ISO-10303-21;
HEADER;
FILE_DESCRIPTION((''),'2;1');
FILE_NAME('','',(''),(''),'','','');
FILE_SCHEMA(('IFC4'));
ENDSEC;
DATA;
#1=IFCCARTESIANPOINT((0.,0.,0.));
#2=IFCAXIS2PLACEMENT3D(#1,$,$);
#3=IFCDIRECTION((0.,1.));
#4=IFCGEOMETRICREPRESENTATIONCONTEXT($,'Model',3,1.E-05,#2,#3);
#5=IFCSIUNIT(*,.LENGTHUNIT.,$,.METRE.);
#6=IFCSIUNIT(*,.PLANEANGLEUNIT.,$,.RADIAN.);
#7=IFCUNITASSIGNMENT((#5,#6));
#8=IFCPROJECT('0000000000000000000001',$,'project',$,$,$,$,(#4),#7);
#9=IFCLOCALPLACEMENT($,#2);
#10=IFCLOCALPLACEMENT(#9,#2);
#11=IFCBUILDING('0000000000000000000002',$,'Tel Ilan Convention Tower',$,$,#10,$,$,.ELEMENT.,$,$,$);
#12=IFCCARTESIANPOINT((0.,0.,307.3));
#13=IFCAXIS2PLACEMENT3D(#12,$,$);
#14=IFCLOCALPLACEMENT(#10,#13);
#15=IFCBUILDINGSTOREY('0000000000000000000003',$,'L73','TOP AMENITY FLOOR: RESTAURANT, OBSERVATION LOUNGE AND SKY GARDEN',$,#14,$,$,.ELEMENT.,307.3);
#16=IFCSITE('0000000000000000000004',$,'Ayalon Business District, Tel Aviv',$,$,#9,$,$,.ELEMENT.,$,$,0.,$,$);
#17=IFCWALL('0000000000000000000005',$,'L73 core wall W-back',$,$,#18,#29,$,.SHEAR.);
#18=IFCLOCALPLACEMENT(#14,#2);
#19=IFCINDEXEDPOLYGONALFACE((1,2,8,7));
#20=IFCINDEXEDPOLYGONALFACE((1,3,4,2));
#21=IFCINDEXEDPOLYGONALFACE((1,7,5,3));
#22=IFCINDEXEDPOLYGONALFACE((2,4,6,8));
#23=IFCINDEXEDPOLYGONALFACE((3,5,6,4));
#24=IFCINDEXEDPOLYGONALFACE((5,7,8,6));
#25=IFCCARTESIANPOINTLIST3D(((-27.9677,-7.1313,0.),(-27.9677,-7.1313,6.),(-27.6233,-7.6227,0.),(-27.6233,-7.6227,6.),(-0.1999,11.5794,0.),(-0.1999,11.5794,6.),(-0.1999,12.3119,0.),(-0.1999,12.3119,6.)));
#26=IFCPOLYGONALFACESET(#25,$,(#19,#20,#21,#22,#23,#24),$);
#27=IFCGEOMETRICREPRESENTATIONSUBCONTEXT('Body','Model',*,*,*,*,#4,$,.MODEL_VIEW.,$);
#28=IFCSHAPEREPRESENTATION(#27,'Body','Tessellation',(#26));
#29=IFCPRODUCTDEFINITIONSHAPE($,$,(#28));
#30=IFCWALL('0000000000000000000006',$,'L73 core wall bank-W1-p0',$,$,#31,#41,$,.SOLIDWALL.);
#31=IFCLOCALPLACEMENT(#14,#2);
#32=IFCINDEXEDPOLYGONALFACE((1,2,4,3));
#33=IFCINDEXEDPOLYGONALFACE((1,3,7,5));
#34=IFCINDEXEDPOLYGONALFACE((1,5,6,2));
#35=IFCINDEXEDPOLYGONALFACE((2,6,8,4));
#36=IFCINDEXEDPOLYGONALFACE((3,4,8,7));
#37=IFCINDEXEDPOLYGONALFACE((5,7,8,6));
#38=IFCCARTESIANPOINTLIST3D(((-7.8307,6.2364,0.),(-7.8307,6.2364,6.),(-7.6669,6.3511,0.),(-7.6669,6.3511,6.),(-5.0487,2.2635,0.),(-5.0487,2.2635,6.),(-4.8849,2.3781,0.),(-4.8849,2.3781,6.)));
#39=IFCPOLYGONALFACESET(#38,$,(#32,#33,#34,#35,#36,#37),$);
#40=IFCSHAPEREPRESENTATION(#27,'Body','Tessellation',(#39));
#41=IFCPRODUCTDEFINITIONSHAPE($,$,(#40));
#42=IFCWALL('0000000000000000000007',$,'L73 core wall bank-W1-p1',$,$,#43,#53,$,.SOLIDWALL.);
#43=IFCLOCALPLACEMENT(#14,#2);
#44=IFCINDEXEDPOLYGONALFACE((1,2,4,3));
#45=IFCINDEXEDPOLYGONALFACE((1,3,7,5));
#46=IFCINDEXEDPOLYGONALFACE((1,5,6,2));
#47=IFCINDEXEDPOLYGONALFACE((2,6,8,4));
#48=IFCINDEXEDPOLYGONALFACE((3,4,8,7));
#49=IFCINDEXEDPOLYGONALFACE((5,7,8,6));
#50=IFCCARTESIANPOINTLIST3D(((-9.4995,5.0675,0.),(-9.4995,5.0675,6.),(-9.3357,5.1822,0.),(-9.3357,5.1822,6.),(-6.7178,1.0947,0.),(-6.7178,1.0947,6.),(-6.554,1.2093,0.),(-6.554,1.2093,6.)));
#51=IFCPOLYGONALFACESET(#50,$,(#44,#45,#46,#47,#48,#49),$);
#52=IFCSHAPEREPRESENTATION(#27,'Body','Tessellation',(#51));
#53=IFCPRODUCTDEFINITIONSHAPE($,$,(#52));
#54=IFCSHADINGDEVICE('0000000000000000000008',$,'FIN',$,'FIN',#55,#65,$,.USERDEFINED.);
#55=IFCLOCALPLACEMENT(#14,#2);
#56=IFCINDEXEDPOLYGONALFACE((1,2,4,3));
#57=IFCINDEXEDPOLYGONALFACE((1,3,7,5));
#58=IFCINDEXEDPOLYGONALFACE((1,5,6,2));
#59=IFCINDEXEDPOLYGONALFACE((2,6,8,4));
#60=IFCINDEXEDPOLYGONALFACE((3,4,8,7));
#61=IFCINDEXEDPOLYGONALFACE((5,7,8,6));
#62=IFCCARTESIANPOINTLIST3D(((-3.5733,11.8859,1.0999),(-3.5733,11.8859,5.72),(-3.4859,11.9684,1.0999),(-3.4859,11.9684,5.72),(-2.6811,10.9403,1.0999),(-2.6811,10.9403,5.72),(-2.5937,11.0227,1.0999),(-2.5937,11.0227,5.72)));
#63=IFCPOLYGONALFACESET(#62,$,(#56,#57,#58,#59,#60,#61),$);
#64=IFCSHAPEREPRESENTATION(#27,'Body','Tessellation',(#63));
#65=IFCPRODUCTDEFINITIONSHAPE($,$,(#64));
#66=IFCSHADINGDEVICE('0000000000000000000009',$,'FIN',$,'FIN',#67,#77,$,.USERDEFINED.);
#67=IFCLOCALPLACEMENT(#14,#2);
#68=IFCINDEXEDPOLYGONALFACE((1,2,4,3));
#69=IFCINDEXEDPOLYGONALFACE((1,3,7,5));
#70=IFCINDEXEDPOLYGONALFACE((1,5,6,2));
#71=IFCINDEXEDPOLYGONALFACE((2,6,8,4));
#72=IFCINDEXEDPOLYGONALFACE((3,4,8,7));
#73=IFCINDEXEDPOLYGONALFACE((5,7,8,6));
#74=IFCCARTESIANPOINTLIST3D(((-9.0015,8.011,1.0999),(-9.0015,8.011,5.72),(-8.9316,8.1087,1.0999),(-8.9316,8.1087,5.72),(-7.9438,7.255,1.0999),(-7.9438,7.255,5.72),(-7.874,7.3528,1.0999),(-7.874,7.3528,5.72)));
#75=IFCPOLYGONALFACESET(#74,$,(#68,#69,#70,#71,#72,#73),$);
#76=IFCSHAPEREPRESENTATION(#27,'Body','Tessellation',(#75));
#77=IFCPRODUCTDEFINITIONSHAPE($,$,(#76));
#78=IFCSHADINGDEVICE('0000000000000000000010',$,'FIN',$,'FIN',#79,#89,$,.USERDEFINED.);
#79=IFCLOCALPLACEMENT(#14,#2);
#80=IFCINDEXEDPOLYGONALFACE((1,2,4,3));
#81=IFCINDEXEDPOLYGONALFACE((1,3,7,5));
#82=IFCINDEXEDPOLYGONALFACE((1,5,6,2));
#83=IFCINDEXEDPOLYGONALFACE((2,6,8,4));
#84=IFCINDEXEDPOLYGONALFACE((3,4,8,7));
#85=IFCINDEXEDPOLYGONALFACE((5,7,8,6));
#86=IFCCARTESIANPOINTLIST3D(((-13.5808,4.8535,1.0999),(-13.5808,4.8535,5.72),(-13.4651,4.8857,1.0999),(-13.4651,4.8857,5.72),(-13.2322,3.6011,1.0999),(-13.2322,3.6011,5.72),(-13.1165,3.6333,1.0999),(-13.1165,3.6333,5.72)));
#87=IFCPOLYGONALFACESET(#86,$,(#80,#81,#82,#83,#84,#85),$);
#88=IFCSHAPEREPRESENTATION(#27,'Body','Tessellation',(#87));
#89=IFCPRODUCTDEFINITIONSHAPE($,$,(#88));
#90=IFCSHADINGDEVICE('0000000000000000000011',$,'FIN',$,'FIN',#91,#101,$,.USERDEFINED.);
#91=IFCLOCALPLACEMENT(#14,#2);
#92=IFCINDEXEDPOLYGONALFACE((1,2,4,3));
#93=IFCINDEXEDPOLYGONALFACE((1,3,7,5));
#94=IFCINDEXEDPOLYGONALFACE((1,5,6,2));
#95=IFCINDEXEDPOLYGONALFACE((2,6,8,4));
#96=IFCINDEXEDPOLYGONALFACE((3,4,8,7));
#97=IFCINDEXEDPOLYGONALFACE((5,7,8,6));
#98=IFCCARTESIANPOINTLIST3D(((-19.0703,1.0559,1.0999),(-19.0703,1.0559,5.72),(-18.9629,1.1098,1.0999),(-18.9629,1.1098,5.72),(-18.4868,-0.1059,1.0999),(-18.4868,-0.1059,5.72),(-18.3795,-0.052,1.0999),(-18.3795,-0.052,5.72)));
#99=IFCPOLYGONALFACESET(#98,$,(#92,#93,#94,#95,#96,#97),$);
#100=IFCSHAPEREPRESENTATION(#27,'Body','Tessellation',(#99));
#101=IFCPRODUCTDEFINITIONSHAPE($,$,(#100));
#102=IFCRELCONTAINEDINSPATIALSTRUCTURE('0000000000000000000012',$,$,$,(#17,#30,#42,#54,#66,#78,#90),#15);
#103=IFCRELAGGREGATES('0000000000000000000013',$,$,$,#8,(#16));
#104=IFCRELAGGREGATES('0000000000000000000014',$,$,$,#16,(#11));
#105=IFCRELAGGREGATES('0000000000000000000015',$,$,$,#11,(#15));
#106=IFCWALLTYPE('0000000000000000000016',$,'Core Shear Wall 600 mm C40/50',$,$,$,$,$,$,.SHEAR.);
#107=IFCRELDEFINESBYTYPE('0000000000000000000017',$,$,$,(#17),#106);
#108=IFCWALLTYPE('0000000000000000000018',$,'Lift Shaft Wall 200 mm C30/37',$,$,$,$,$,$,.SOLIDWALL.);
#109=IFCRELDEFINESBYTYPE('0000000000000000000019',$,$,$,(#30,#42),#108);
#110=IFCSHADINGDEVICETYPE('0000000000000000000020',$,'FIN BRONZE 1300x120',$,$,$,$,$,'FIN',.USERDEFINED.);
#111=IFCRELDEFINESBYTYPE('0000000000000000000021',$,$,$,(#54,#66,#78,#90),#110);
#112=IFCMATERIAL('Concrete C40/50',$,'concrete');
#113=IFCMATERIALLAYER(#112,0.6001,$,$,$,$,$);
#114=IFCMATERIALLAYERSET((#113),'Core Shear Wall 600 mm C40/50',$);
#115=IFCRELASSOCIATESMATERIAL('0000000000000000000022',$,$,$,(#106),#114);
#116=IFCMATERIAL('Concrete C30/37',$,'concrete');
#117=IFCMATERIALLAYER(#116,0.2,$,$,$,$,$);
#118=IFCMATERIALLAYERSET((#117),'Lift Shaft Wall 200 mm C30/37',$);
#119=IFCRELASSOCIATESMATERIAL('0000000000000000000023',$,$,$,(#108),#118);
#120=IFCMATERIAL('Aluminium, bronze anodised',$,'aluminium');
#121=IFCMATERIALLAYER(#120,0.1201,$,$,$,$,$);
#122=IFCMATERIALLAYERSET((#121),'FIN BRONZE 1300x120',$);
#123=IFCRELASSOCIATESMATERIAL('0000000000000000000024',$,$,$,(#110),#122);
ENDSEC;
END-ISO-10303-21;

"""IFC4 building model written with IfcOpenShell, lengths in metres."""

from ifc_helpers import new_model, si_unit, direction, frame, frame_2d, origin, origin_2d, place, context, subcontext, project, spatial, polyline, rectangle, outline, extrude, material, layer, layer_set, type_object, element, save


model = new_model("IFC4")

# Units and contexts
model_context = context("Model", 3, precision=1e-05, world=origin(), true_north=direction((0.0, 1.0)))
body_context = subcontext(model_context, "Body", "Model", "MODEL_VIEW")
ifc_project = project(units=[si_unit("LENGTHUNIT", "METRE"), si_unit("PLANEANGLEUNIT", "RADIAN")], contexts=[model_context])

# Site, building, storey
site_placement = place(None, origin())
site = spatial("IfcSite", under=ifc_project, at=site_placement, Name="Ayalon Business District, Tel Aviv", CompositionType="ELEMENT", RefElevation=0.0)
building_placement = place(site_placement, origin())
building = spatial("IfcBuilding", under=site, at=building_placement, Name="Tel Ilan Convention Tower", CompositionType="ELEMENT")
storey_placement = place(building_placement, frame((0.0, 0.0, 307.3)))
storey = spatial("IfcBuildingStorey", under=building, at=storey_placement, Name="L73", Description="TOP AMENITY FLOOR: RESTAURANT, OBSERVATION LOUNGE AND SKY GARDEN", CompositionType="ELEMENT", Elevation=307.3)

# Walls
ifc_material_1 = material(Name="Concrete C40/50", Category="concrete")
ifc_layer_1 = layer(ifc_material_1, 0.6001)
ifc_layer_set_1 = layer_set([ifc_layer_1], Name="Core Shear Wall 600 mm C40/50")
wall_type_1 = type_object("IfcWallType", Name="Core Shear Wall 600 mm C40/50", PredefinedType="SHEAR", material=ifc_layer_set_1)
wall_1_placement = place(storey_placement, frame((-0.0278, 12.0662, 0.0), z_axis=(0.0, 0.0, 1.0), x_axis=(-0.819151, -0.573577, 0.0)))
element("IfcWall", 1, at=wall_1_placement, inside=storey, type_object=wall_type_1, Name="L73 core wall W-back", PredefinedType="SHEAR", context=body_context, shape_type="SweptSolid", body=[
    extrude(outline(polyline([(33.8979, 0.3), (0.4202, 0.3), (0.0, -0.3), (33.8982, -0.3), (33.8979, 0.3)])), origin(), (0.0, 0.0, 1.0), 6.0),
])
ifc_material_2 = material(Name="Concrete C30/37", Category="concrete")
ifc_layer_2 = layer(ifc_material_2, 0.2)
ifc_layer_set_2 = layer_set([ifc_layer_2], Name="Lift Shaft Wall 200 mm C30/37")
wall_type_2 = type_object("IfcWallType", Name="Lift Shaft Wall 200 mm C30/37", PredefinedType="SOLIDWALL", material=ifc_layer_set_2)
wall_2_placement = place(storey_placement, frame((-4.9668, 2.3208, 0.0), z_axis=(0.0, 0.0, 1.0), x_axis=(-0.573594, 0.81914, 0.0)))
element("IfcWall", 2, at=wall_2_placement, inside=storey, type_object=wall_type_2, Name="L73 core wall bank-W1-p0", PredefinedType="SOLIDWALL", context=body_context, shape_type="SweptSolid", body=[
    extrude(rectangle(XDim=4.8501, YDim=0.2, at=frame_2d((2.425, 0.0))), origin(), (0.0, 0.0, 1.0), 6.0),
])
wall_3_placement = place(storey_placement, frame((-6.636, 1.1521, 0.0), z_axis=(0.0, 0.0, 1.0), x_axis=(-0.57356, 0.819163, 0.0)))
element("IfcWall", 3, at=wall_3_placement, inside=storey, type_object=wall_type_2, Name="L73 core wall bank-W1-p1", PredefinedType="SOLIDWALL", context=body_context, shape_type="SweptSolid", body=[
    extrude(rectangle(XDim=4.8499, YDim=0.2, at=frame_2d((2.4248, 0.0))), origin(), (0.0, 0.0, 1.0), 6.0),
])

# Shading devices
ifc_material_3 = material(Name="Aluminium, bronze anodised", Category="aluminium")
ifc_layer_3 = layer(ifc_material_3, 0.1201)
ifc_layer_set_3 = layer_set([ifc_layer_3], Name="FIN BRONZE 1300x120")
shading_device_type = type_object("IfcShadingDeviceType", Name="FIN BRONZE 1300x120", ElementType="FIN", PredefinedType="USERDEFINED", material=ifc_layer_set_3)
for number, where, z_axis, x_axis, name in (
    (4, (-3.0835, 11.4543, 1.0999), (0.0, 0.0, 1.0), (-0.686242, 0.727374, 0.0), "FIN"),
    (5, (-8.4377, 7.6819, 1.0999), (0.0, 0.0, 1.0), (-0.813552, 0.581492, 0.0), "FIN"),
    (6, (-13.3486, 4.2434, 1.0999), (0.0, 0.0, 1.0), (-0.268173, 0.963371, 0.0), "FIN"),
    (7, (-18.7249, 0.502, 1.0999), (0.0, 0.0, 1.0), (-0.448799, 0.893633, 0.0), "FIN"),
):
    element("IfcShadingDevice", number, at=place(storey_placement, frame(where, z_axis=z_axis, x_axis=x_axis)), inside=storey, type_object=shading_device_type, Name=name, ObjectType="FIN", PredefinedType="USERDEFINED", context=body_context, shape_type="SweptSolid", body=[
        extrude(rectangle(XDim=1.3, YDim=0.1201, at=origin_2d()), origin(), (0.0, 0.0, 1.0), 4.6201),
    ])

save(model, "model.ifc")
